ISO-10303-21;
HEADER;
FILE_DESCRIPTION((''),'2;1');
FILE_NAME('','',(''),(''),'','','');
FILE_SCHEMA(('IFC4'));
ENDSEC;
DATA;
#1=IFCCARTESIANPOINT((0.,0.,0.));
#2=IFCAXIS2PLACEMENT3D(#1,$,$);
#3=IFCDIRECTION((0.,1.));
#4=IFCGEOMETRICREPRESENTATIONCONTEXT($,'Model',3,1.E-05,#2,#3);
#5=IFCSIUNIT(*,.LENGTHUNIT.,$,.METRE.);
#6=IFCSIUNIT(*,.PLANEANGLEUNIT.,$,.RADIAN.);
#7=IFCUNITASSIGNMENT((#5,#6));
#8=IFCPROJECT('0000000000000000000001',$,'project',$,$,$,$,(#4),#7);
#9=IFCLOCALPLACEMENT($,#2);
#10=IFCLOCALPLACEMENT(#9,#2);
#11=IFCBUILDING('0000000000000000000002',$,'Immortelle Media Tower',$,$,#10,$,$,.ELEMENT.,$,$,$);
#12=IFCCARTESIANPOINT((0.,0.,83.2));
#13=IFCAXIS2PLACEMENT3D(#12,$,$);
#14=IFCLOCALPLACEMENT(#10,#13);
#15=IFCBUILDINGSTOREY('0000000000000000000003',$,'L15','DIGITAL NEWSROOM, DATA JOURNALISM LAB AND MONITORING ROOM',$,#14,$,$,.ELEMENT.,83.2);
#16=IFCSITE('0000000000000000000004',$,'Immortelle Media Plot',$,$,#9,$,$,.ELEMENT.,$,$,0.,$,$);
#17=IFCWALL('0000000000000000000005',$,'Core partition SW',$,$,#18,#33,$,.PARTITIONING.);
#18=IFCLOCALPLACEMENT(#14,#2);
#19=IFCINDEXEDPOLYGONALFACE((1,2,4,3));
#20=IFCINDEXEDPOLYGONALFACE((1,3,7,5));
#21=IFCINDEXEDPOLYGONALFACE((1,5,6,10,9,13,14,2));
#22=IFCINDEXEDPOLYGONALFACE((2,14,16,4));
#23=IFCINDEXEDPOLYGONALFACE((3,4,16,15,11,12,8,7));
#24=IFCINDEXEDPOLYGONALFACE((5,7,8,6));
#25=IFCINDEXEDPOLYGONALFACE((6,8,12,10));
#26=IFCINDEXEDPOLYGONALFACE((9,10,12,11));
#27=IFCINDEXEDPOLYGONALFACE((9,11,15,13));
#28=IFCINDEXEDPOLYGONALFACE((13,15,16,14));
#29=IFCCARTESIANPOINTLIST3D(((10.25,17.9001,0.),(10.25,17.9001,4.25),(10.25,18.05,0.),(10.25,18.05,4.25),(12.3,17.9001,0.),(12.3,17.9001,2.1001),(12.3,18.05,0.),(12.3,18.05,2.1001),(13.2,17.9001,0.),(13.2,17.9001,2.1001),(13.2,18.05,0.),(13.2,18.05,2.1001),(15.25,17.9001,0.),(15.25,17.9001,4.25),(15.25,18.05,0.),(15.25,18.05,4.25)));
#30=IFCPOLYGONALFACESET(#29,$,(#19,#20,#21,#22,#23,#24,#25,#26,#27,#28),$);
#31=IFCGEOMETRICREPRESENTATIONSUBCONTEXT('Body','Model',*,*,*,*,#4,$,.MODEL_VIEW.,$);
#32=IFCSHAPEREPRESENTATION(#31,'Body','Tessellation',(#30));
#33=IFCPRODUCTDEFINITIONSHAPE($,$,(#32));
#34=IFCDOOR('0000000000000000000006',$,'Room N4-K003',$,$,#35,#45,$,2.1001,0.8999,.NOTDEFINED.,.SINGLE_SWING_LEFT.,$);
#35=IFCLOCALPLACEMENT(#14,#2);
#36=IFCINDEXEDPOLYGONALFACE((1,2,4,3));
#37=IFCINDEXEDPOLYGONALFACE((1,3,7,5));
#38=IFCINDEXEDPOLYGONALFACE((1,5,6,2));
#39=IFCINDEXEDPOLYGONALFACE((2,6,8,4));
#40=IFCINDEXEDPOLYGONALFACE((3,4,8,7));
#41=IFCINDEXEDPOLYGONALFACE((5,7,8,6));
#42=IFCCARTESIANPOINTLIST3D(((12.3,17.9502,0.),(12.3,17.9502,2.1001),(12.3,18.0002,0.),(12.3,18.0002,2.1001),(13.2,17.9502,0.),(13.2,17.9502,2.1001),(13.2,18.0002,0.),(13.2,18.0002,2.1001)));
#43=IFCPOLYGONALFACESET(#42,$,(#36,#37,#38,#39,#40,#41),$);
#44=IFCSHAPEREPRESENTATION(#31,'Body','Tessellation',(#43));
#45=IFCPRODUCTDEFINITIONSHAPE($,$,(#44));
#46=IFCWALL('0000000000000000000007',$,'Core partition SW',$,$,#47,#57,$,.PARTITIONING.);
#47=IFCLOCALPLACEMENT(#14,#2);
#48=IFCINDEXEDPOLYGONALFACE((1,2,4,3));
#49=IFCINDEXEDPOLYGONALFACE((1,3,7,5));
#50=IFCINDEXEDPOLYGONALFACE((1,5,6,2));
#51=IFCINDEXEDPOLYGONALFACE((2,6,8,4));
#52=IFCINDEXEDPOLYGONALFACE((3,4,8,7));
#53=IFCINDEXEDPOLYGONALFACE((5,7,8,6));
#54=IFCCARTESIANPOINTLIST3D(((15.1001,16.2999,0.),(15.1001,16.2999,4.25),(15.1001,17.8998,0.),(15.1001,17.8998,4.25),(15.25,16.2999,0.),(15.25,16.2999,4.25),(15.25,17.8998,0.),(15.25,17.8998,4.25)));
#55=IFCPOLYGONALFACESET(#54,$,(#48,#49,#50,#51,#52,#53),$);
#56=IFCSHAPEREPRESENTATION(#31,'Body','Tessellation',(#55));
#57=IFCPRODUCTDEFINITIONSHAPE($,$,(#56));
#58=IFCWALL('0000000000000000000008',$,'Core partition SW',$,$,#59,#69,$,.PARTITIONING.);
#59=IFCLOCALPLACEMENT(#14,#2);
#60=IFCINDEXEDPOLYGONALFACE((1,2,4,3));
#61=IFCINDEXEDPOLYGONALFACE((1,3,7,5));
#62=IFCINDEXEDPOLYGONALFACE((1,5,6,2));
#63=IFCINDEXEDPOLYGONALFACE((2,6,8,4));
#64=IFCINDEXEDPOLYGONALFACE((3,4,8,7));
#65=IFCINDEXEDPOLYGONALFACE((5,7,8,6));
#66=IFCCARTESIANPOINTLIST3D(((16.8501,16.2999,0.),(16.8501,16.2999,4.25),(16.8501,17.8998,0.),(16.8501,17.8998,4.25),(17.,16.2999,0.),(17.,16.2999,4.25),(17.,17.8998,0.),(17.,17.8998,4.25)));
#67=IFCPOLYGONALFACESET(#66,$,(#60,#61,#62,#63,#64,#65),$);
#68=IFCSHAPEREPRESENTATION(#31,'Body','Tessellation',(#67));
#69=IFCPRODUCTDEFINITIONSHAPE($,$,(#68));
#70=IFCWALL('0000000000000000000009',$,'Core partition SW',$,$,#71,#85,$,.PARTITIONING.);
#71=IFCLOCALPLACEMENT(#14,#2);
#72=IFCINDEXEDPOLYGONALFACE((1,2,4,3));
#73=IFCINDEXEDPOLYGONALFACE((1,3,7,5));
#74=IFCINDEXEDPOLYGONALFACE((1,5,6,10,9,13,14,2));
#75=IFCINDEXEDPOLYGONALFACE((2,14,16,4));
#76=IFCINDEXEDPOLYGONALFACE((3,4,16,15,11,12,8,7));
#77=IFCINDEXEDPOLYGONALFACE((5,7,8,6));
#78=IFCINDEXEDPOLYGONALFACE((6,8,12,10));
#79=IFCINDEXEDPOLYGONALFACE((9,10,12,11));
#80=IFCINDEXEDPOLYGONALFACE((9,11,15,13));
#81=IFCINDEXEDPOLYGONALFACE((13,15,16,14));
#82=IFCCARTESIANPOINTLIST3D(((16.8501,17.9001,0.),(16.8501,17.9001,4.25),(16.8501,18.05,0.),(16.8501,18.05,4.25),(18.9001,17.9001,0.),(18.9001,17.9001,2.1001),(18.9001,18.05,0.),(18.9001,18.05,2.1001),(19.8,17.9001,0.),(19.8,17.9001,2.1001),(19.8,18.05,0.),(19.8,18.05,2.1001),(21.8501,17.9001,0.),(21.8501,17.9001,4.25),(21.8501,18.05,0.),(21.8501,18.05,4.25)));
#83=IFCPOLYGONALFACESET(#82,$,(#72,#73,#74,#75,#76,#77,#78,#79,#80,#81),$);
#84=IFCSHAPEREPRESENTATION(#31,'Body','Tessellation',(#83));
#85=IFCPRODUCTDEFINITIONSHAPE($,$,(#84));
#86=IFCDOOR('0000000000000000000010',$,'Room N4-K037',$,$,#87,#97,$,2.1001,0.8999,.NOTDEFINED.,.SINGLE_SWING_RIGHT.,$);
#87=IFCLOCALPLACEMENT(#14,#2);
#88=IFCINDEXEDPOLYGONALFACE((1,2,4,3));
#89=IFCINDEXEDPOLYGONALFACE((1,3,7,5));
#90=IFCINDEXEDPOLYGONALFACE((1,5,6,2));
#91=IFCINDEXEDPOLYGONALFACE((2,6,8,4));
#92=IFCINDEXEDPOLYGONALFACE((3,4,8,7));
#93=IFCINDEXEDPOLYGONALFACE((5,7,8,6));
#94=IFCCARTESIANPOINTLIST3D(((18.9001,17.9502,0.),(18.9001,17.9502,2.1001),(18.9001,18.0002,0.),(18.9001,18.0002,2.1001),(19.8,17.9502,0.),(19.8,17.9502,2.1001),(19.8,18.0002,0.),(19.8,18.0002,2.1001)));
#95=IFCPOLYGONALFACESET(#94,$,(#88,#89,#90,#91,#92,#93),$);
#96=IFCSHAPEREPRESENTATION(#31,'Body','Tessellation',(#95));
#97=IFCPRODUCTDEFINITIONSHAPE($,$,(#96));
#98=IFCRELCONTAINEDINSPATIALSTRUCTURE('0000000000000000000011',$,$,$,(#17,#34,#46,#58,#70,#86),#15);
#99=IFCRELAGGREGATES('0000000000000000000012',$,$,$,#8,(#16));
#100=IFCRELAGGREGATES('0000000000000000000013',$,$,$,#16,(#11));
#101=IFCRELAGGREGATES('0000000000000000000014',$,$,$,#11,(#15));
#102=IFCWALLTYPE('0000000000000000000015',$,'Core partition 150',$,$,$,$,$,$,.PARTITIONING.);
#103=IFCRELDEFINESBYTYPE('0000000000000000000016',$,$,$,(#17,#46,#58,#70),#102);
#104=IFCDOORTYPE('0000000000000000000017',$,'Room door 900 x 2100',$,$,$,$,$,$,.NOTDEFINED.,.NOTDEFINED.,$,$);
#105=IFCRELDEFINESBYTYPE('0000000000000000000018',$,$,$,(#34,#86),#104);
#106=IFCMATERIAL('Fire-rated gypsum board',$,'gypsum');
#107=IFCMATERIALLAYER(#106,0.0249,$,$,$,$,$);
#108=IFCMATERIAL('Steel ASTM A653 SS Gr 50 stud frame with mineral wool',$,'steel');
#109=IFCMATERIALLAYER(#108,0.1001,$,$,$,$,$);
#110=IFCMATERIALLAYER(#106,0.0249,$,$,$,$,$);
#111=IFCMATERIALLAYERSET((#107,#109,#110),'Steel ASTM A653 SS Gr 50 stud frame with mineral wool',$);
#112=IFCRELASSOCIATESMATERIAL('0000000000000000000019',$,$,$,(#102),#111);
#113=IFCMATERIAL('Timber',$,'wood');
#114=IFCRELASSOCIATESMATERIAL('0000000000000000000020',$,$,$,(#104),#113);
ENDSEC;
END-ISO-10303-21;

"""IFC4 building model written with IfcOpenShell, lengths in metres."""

from ifc_helpers import new_model, si_unit, direction, frame, frame_2d, origin, place, context, subcontext, project, spatial, rectangle, extrude, material, layer, layer_set, type_object, element, fill, save


model = new_model("IFC4")

# Units and contexts
model_context = context("Model", 3, precision=1e-05, world=origin(), true_north=direction((0.0, 1.0)))
body_context = subcontext(model_context, "Body", "Model", "MODEL_VIEW")
ifc_project = project(units=[si_unit("LENGTHUNIT", "METRE"), si_unit("PLANEANGLEUNIT", "RADIAN")], contexts=[model_context])

# Site, building, storey
site_placement = place(None, origin())
site = spatial("IfcSite", under=ifc_project, at=site_placement, Name="Immortelle Media Plot", CompositionType="ELEMENT", RefElevation=0.0)
building_placement = place(site_placement, origin())
building = spatial("IfcBuilding", under=site, at=building_placement, Name="Immortelle Media Tower", CompositionType="ELEMENT")
storey_placement = place(building_placement, frame((0.0, 0.0, 83.2)))
storey = spatial("IfcBuildingStorey", under=building, at=storey_placement, Name="L15", Description="DIGITAL NEWSROOM, DATA JOURNALISM LAB AND MONITORING ROOM", CompositionType="ELEMENT", Elevation=83.2)

# Shared definitions
ifc_material_1 = material(Name="Fire-rated gypsum board", Category="gypsum")
ifc_layer_1 = layer(ifc_material_1, 0.0249)
ifc_material_2 = material(Name="Steel ASTM A653 SS Gr 50 stud frame with mineral wool", Category="steel")
ifc_layer_2 = layer(ifc_material_2, 0.1001)
ifc_layer_3 = layer(ifc_material_1, 0.0249)
ifc_layer_set_1 = layer_set([ifc_layer_1, ifc_layer_2, ifc_layer_3], Name="Steel ASTM A653 SS Gr 50 stud frame with mineral wool")
wall_type_1 = type_object("IfcWallType", Name="Core partition 150", PredefinedType="PARTITIONING", material=ifc_layer_set_1)

# Wall, opening, door
wall_1_placement = place(storey_placement, frame((10.25, 17.9751, 0.0), z_axis=(0.0, 0.0, 1.0), x_axis=(1.0, 0.0, 0.0)))
wall_1 = element("IfcWall", 1, at=wall_1_placement, inside=storey, type_object=wall_type_1, Name="Core partition SW", PredefinedType="PARTITIONING", context=body_context, shape_type="SweptSolid", body=[
    extrude(rectangle(XDim=5.0, YDim=0.1499, at=frame_2d((2.5, 0.0))), origin(), (0.0, 0.0, 1.0), 4.25),
])
opening_1_placement = place(wall_1_placement, frame((2.95, 0.0, 0.0), z_axis=(0.0, 0.0, 1.0), x_axis=(-1.0, 0.0, 0.0)))
opening_1 = element("IfcOpeningElement", 2, at=opening_1_placement, cuts=wall_1, PredefinedType="OPENING", context=body_context, shape_type="SweptSolid", body=[
    extrude(rectangle(XDim=0.8999, YDim=2.1001, at=frame_2d((0.45, 1.05))), frame((0.0, 0.085, 0.0), z_axis=(0.0, -1.0, 0.0), x_axis=(1.0, 0.0, 0.0)), (0.0, 0.0, 1.0), 0.1699),
])
ifc_material_3 = material(Name="Timber", Category="wood")
door_type_1 = type_object("IfcDoorType", Name="Room door 900 x 2100", OperationType="NOTDEFINED", PredefinedType="NOTDEFINED", material=ifc_material_3)
door_1_placement = place(opening_1_placement, origin())
door_1 = element("IfcDoor", 3, at=door_1_placement, inside=storey, type_object=door_type_1, Name="Room N4-K003", OperationType="SINGLE_SWING_LEFT", OverallHeight=2.1001, OverallWidth=0.8999, PredefinedType="NOTDEFINED", context=body_context, shape_type="SweptSolid", body=[
    extrude(rectangle(XDim=0.8999, YDim=2.1001, at=frame_2d((0.45, 1.05))), frame((0.0, 0.0249, 0.0), z_axis=(0.0, -1.0, 0.0), x_axis=(1.0, 0.0, 0.0)), (0.0, 0.0, 1.0), 0.05),
])
fill(opening_1, door_1)

# Walls
for number, where, z_axis, x_axis, name in (
    (4, (15.175, 16.3, 0.0), (0.0, 0.0, 1.0), (0.0, 1.0, 0.0), "Core partition SW"),
    (5, (16.925, 16.3, 0.0), (0.0, 0.0, 1.0), (0.0, 1.0, 0.0), "Core partition SW"),
):
    element("IfcWall", number, at=place(storey_placement, frame(where, z_axis=z_axis, x_axis=x_axis)), inside=storey, type_object=wall_type_1, Name=name, PredefinedType="PARTITIONING", context=body_context, shape_type="SweptSolid", body=[
        extrude(rectangle(XDim=1.5999, YDim=0.1499, at=frame_2d((0.7998, 0.0))), origin(), (0.0, 0.0, 1.0), 4.25),
    ])

# Wall, opening, door
wall_2_placement = place(storey_placement, frame((16.8501, 17.9751, 0.0), z_axis=(0.0, 0.0, 1.0), x_axis=(1.0, 0.0, 0.0)))
wall_2 = element("IfcWall", 6, at=wall_2_placement, inside=storey, type_object=wall_type_1, Name="Core partition SW", PredefinedType="PARTITIONING", context=body_context, shape_type="SweptSolid", body=[
    extrude(rectangle(XDim=5.0, YDim=0.1499, at=frame_2d((2.5, 0.0))), origin(), (0.0, 0.0, 1.0), 4.25),
])
opening_2_placement = place(wall_2_placement, frame((2.95, 0.0, 0.0), z_axis=(0.0, 0.0, 1.0), x_axis=(-1.0, 0.0, 0.0)))
opening_2 = element("IfcOpeningElement", 7, at=opening_2_placement, cuts=wall_2, PredefinedType="OPENING", context=body_context, shape_type="SweptSolid", body=[
    extrude(rectangle(XDim=0.8999, YDim=2.1001, at=frame_2d((0.45, 1.05))), frame((0.0, 0.085, 0.0), z_axis=(0.0, -1.0, 0.0), x_axis=(1.0, 0.0, 0.0)), (0.0, 0.0, 1.0), 0.1699),
])
door_2_placement = place(opening_2_placement, origin())
door_2 = element("IfcDoor", 8, at=door_2_placement, inside=storey, type_object=door_type_1, Name="Room N4-K037", OperationType="SINGLE_SWING_RIGHT", OverallHeight=2.1001, OverallWidth=0.8999, PredefinedType="NOTDEFINED", context=body_context, shape_type="SweptSolid", body=[
    extrude(rectangle(XDim=0.8999, YDim=2.1001, at=frame_2d((0.45, 1.05))), frame((0.0, 0.0249, 0.0), z_axis=(0.0, -1.0, 0.0), x_axis=(1.0, 0.0, 0.0)), (0.0, 0.0, 1.0), 0.05),
])
fill(opening_2, door_2)

save(model, "model.ifc")
